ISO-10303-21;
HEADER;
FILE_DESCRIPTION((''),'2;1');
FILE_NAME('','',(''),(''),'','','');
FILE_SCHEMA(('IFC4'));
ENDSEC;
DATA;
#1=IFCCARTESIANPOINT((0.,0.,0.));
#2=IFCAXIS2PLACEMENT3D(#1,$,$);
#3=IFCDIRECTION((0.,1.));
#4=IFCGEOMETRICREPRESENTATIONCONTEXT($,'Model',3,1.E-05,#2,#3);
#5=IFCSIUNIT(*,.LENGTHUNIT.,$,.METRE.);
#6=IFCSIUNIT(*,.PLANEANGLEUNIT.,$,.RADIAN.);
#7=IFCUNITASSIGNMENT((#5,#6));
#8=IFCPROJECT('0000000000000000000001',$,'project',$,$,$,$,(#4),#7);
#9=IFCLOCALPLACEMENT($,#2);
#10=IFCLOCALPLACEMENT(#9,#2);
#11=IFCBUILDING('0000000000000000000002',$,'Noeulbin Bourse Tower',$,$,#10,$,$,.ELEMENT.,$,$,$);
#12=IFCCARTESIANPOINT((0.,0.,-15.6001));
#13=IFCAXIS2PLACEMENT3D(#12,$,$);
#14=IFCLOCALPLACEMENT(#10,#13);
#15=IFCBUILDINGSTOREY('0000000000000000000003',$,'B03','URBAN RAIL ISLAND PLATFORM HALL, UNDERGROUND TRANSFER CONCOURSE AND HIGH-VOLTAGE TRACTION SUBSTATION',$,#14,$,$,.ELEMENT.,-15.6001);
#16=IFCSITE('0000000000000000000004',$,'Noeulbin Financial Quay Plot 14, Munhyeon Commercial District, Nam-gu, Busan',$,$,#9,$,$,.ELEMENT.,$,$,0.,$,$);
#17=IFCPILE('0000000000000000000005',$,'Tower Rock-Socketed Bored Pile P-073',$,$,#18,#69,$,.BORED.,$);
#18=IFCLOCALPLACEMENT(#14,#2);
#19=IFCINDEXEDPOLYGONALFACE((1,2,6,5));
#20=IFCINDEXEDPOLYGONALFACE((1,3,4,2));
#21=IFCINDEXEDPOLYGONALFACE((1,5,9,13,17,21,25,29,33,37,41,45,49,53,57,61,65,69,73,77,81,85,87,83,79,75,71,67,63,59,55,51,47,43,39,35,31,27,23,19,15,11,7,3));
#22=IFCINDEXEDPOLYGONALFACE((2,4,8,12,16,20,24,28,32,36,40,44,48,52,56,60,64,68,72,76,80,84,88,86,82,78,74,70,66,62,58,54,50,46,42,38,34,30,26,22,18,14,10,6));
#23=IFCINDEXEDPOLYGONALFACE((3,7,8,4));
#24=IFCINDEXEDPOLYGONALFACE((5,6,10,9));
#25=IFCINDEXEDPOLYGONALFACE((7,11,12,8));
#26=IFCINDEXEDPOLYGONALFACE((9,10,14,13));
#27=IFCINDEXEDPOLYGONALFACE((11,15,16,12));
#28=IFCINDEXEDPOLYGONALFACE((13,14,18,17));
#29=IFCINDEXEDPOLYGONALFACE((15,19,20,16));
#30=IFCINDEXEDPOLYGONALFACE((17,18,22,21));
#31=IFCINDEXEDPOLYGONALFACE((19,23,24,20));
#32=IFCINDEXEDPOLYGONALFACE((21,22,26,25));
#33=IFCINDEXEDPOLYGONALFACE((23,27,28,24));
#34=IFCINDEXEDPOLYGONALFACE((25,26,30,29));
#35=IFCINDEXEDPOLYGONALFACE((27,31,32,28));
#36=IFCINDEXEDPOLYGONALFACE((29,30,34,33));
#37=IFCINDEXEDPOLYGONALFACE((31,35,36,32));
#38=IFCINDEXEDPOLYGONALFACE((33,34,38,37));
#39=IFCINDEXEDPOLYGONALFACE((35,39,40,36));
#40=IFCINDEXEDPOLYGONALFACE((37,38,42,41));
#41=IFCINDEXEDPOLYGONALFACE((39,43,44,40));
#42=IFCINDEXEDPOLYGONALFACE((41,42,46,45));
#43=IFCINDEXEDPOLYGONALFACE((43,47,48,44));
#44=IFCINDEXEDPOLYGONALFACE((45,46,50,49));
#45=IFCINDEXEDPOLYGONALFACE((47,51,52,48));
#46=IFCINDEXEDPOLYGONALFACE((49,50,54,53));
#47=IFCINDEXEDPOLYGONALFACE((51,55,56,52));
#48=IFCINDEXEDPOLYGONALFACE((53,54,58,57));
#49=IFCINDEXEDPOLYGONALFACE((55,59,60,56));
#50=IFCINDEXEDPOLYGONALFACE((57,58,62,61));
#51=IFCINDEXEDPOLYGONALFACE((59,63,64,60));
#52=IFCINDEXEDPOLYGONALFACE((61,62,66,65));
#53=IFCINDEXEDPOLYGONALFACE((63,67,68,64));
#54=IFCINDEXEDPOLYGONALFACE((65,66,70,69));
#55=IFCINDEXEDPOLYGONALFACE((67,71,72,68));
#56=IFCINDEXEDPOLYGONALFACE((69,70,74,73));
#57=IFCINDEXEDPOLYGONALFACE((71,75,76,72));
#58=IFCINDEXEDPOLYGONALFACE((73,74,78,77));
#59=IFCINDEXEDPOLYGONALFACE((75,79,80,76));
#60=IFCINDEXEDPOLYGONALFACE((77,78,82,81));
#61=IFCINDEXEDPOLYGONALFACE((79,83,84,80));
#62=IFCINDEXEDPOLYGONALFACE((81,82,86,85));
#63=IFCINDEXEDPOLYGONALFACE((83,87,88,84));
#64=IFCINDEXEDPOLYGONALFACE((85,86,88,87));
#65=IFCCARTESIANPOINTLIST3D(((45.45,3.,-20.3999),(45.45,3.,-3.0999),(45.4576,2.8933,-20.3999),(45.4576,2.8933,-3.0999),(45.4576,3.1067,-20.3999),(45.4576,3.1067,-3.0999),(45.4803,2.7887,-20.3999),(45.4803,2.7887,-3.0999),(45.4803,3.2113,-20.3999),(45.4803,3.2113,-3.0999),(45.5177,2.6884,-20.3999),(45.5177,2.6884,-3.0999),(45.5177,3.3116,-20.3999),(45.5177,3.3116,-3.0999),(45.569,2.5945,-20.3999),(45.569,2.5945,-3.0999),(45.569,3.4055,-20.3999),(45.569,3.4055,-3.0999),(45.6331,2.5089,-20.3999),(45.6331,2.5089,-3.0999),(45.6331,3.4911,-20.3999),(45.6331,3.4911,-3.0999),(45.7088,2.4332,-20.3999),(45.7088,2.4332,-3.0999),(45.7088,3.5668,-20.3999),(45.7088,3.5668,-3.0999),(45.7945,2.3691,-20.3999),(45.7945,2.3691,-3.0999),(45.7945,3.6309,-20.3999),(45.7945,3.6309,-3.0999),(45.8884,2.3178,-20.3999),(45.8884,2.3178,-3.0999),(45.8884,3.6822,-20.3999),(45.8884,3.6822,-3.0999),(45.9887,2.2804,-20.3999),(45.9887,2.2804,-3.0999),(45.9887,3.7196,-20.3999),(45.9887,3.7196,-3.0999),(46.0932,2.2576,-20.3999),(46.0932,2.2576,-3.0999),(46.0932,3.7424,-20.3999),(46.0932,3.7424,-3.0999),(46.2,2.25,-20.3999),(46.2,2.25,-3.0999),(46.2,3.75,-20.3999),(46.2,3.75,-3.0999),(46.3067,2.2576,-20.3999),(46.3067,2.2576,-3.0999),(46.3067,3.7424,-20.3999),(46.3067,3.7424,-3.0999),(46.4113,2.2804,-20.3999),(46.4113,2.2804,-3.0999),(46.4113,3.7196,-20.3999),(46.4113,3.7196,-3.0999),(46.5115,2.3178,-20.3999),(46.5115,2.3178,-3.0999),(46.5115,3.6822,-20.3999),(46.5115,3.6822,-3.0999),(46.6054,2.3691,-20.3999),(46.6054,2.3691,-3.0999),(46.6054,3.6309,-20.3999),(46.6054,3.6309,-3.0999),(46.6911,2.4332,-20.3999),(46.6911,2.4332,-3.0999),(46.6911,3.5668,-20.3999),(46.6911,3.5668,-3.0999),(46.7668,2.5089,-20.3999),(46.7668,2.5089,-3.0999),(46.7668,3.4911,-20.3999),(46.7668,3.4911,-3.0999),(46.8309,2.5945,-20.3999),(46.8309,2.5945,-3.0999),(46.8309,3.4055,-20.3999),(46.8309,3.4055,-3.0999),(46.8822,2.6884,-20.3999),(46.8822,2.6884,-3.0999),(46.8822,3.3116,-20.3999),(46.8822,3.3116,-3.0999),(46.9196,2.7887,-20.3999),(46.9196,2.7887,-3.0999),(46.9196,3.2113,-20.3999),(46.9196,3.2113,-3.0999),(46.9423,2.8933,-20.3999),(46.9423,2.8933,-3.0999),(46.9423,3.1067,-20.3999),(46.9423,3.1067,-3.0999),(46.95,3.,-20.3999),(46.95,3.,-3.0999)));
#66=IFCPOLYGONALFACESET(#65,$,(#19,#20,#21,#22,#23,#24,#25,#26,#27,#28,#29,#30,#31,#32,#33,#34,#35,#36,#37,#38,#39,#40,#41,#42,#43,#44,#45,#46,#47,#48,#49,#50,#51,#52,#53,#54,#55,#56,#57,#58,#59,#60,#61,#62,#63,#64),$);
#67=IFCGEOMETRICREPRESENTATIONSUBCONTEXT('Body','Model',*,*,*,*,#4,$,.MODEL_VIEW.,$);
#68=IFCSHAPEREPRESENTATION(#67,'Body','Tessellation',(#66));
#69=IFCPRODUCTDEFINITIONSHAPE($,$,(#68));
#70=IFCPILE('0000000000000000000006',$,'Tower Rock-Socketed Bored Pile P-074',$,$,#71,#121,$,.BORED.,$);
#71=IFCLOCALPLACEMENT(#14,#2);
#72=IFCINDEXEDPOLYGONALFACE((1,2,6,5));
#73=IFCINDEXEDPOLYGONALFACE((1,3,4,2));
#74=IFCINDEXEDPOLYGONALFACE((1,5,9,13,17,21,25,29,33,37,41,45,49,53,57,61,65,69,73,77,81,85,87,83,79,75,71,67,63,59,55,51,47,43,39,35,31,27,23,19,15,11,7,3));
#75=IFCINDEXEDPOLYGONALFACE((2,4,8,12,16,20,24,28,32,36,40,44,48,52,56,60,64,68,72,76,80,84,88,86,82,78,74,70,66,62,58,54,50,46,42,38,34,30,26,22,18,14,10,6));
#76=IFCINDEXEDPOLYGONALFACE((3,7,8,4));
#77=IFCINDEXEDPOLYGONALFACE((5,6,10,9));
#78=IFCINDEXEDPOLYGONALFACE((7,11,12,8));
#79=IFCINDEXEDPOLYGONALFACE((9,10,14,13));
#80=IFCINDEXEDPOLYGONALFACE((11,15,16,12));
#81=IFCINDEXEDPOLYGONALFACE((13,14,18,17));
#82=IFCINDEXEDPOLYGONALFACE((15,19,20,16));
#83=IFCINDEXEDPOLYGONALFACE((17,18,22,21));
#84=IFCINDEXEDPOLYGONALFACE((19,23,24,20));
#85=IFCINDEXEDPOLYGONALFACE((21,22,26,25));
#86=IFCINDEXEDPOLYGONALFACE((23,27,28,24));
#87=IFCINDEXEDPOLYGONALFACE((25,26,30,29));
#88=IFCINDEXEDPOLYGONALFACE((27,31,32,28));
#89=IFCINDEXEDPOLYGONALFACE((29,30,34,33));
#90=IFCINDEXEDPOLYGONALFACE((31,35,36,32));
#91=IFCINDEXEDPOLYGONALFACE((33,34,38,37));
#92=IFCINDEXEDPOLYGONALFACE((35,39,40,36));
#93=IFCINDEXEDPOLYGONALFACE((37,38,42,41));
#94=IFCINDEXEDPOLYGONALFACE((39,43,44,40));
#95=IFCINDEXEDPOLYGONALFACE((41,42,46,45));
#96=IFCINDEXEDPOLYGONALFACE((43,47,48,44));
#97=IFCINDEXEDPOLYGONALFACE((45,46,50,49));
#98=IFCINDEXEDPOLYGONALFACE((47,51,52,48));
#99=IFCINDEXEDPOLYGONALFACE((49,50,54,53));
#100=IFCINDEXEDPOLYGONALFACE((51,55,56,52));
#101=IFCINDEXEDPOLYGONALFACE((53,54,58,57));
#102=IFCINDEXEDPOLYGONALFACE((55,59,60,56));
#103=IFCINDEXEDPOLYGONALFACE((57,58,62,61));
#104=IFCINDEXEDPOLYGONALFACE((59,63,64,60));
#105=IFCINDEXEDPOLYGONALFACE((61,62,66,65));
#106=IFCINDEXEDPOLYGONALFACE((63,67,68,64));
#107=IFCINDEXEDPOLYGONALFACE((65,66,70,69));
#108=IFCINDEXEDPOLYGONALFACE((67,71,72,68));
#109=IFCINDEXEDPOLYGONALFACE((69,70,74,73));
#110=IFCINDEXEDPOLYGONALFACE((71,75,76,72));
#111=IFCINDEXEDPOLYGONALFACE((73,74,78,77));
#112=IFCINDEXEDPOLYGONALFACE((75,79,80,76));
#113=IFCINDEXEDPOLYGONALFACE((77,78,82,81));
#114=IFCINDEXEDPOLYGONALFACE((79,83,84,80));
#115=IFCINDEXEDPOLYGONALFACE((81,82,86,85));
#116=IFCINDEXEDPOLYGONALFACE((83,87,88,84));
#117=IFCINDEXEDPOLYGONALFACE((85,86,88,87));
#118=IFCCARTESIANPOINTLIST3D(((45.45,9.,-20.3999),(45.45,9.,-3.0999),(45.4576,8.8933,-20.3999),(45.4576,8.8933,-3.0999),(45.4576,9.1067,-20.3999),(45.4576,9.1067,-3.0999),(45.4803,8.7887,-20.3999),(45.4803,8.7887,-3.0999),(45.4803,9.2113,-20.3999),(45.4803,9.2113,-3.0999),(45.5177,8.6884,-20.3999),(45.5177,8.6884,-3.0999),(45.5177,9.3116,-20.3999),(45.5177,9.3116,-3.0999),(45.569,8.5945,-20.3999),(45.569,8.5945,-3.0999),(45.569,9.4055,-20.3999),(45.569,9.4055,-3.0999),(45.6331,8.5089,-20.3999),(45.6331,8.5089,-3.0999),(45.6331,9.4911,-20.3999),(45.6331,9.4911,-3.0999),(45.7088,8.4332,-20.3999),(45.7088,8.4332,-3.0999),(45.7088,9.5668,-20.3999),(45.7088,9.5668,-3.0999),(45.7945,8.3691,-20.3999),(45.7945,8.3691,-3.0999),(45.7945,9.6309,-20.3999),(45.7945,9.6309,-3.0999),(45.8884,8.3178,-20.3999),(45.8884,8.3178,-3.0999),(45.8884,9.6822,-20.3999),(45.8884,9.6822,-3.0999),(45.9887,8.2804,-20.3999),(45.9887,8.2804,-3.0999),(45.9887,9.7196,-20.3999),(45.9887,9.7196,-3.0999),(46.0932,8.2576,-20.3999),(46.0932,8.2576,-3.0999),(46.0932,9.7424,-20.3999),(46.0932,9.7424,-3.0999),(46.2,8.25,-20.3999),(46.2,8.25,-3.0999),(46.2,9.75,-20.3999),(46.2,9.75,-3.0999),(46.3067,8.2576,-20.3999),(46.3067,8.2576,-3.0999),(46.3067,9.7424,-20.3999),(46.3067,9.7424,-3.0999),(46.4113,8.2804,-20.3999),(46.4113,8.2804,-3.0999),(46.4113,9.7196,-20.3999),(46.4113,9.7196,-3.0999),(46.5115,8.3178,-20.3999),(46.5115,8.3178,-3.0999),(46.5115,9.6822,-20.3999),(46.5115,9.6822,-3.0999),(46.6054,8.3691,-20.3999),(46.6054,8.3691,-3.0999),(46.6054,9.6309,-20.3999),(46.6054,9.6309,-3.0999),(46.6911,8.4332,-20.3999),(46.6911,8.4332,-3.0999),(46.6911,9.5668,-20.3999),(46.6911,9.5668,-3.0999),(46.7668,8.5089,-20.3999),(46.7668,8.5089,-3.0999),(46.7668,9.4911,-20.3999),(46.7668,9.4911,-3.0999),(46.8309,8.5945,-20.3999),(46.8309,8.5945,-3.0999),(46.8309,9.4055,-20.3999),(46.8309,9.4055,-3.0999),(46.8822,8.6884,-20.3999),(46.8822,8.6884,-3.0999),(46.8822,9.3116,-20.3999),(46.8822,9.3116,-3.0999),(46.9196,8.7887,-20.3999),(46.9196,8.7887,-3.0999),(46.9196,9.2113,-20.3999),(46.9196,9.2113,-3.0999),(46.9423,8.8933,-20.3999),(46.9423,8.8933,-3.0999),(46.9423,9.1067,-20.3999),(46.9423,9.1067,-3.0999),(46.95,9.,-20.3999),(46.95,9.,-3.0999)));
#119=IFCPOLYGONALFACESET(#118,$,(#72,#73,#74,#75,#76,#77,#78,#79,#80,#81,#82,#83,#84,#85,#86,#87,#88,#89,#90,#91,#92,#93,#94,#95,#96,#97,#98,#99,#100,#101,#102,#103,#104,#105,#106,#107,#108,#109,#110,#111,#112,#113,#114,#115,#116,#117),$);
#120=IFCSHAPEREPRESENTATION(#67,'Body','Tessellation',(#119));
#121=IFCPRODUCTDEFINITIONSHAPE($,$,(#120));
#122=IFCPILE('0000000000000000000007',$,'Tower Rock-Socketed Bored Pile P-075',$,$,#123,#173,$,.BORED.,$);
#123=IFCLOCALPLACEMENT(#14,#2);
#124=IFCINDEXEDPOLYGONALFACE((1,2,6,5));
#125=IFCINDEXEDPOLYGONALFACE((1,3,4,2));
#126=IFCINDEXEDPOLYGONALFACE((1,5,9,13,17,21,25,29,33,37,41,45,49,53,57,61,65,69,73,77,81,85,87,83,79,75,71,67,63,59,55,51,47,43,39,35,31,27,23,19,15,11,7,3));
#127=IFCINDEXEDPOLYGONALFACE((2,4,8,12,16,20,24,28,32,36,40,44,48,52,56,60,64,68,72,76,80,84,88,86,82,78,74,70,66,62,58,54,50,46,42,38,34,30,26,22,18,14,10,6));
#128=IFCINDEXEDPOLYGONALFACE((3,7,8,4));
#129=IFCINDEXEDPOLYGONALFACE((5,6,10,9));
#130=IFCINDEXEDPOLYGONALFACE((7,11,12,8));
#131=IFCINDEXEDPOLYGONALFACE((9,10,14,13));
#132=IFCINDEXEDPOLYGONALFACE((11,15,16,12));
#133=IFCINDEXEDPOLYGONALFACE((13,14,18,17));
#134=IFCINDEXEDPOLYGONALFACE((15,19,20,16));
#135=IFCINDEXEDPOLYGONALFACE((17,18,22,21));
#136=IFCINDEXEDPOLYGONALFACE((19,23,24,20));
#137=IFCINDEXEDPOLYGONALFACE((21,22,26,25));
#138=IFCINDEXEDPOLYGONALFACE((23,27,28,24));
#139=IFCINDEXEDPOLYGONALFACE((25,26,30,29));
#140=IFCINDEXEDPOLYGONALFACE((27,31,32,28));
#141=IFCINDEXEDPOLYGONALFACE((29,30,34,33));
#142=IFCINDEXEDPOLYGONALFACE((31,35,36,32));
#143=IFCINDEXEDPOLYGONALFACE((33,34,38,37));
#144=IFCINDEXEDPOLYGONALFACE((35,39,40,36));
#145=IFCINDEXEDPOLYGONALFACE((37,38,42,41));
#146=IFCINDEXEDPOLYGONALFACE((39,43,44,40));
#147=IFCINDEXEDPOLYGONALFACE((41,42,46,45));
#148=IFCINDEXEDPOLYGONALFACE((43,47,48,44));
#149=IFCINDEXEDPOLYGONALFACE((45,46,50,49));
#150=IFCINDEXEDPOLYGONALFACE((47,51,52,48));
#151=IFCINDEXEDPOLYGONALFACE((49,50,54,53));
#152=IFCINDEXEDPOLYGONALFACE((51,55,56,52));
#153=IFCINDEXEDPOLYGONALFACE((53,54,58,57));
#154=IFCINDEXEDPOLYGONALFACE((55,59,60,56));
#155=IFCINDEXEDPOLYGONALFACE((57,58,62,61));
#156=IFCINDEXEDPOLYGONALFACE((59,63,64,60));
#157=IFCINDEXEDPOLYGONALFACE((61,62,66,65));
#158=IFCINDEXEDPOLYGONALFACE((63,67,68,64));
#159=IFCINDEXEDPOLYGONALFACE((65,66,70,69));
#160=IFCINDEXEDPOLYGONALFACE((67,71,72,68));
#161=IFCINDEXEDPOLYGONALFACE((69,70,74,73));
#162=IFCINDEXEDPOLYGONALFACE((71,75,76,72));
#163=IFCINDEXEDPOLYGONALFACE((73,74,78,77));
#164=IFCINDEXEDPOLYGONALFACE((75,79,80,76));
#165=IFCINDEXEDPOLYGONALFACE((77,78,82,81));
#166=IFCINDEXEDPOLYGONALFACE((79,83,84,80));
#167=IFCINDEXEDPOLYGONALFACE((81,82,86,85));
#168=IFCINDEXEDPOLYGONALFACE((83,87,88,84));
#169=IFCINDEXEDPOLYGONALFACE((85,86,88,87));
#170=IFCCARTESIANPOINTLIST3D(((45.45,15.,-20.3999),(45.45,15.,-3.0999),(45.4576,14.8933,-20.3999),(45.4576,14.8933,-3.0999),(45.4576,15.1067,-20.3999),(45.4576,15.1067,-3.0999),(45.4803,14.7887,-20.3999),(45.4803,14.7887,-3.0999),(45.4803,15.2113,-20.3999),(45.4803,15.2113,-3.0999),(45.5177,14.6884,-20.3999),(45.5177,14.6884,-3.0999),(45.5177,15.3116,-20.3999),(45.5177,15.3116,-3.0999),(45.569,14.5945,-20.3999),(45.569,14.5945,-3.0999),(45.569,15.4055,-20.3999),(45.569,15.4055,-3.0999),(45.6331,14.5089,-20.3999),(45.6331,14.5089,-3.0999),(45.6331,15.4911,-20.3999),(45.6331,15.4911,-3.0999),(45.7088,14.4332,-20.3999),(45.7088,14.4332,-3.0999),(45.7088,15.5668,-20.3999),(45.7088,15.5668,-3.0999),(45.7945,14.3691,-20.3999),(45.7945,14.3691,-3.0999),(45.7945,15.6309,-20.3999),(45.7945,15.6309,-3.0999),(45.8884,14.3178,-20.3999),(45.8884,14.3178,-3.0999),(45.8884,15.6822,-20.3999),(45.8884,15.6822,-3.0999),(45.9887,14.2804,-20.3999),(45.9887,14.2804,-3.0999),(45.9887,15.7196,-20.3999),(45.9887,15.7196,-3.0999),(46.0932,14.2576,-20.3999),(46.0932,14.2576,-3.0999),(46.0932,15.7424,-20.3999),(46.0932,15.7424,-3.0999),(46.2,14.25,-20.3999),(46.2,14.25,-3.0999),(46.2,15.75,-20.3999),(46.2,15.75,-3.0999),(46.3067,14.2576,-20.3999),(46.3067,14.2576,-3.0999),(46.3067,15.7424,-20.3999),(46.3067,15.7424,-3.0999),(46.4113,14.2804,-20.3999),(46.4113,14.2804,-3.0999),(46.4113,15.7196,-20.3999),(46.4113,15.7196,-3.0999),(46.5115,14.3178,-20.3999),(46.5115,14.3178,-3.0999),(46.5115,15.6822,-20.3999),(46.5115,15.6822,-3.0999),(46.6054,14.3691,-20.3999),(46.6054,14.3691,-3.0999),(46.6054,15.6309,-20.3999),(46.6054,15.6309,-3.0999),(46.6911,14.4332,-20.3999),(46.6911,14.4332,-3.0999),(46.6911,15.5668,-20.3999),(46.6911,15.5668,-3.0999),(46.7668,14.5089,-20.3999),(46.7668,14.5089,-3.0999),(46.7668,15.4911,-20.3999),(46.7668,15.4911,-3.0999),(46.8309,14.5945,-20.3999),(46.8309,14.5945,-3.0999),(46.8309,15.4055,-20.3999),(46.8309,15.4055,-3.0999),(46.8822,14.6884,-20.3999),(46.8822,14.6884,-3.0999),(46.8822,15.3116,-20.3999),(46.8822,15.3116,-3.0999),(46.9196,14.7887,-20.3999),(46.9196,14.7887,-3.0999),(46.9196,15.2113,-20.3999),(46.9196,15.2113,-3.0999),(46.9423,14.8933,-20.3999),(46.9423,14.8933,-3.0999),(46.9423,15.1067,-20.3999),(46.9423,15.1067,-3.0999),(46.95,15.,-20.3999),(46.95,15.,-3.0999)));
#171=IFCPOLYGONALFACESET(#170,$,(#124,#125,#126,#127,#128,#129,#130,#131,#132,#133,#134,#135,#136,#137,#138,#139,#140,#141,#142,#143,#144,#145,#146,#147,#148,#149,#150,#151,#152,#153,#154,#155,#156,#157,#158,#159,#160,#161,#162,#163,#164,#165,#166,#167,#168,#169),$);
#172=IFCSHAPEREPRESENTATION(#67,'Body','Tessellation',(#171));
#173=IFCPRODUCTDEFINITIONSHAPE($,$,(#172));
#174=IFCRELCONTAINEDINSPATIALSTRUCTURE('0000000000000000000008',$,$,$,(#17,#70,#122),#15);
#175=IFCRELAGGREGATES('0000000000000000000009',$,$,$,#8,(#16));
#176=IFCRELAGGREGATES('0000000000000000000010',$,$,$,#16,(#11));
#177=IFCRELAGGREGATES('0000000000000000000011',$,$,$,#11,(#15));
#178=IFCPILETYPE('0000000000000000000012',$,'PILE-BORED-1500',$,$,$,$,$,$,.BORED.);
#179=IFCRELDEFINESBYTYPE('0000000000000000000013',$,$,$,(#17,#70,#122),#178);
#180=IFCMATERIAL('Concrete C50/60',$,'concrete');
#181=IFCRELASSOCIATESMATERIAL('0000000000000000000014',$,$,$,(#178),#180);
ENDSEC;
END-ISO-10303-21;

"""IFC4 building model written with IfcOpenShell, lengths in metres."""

from ifc_helpers import new_model, si_unit, direction, frame, origin, origin_2d, place, context, subcontext, project, spatial, circle, extrude, material, material_profile, profile_set, type_object, element, save


model = new_model("IFC4")

# Units and contexts
model_context = context("Model", 3, precision=1e-05, world=origin(), true_north=direction((0.0, 1.0)))
body_context = subcontext(model_context, "Body", "Model", "MODEL_VIEW")
ifc_project = project(units=[si_unit("LENGTHUNIT", "METRE"), si_unit("PLANEANGLEUNIT", "RADIAN")], contexts=[model_context])

# Site, building, storey
site_placement = place(None, origin())
site = spatial("IfcSite", under=ifc_project, at=site_placement, Name="Noeulbin Financial Quay Plot 14, Munhyeon Commercial District, Nam-gu, Busan", CompositionType="ELEMENT", RefElevation=0.0)
building_placement = place(site_placement, origin())
building = spatial("IfcBuilding", under=site, at=building_placement, Name="Noeulbin Bourse Tower", CompositionType="ELEMENT")
storey_placement = place(building_placement, frame((0.0, 0.0, -15.6001)))
storey = spatial("IfcBuildingStorey", under=building, at=storey_placement, Name="B03", Description="URBAN RAIL ISLAND PLATFORM HALL, UNDERGROUND TRANSFER CONCOURSE AND HIGH-VOLTAGE TRACTION SUBSTATION", CompositionType="ELEMENT", Elevation=-15.6001)

# Piles
ifc_material_1 = material(Name="Concrete C50/60", Category="concrete")
ifc_material_profile_1 = material_profile(ifc_material_1, circle(Radius=0.75, at=origin_2d()), Name="PILE-D1500", Category="LoadBearing")
ifc_profile_set_1 = profile_set([ifc_material_profile_1], Name="Concrete C50/60")
pile_type = type_object("IfcPileType", Name="PILE-BORED-1500", PredefinedType="BORED", material=ifc_profile_set_1)
for number, where, z_axis, x_axis, name in (
    (1, (46.2, 3.0, -3.0999), (0.0, 0.0, -1.0), (1.0, 0.0, 0.0), "Tower Rock-Socketed Bored Pile P-073"),
    (2, (46.2, 9.0, -3.0999), (0.0, 0.0, -1.0), (1.0, 0.0, 0.0), "Tower Rock-Socketed Bored Pile P-074"),
    (3, (46.2, 15.0, -3.0999), (0.0, 0.0, -1.0), (1.0, 0.0, 0.0), "Tower Rock-Socketed Bored Pile P-075"),
):
    element("IfcPile", number, at=place(storey_placement, frame(where, z_axis=z_axis, x_axis=x_axis)), inside=storey, type_object=pile_type, Name=name, PredefinedType="BORED", context=body_context, shape_type="SweptSolid", body=[
        extrude(circle(Radius=0.75, at=origin_2d()), origin(), (0.0, 0.0, 1.0), 17.3),
    ])

save(model, "model.ifc")
